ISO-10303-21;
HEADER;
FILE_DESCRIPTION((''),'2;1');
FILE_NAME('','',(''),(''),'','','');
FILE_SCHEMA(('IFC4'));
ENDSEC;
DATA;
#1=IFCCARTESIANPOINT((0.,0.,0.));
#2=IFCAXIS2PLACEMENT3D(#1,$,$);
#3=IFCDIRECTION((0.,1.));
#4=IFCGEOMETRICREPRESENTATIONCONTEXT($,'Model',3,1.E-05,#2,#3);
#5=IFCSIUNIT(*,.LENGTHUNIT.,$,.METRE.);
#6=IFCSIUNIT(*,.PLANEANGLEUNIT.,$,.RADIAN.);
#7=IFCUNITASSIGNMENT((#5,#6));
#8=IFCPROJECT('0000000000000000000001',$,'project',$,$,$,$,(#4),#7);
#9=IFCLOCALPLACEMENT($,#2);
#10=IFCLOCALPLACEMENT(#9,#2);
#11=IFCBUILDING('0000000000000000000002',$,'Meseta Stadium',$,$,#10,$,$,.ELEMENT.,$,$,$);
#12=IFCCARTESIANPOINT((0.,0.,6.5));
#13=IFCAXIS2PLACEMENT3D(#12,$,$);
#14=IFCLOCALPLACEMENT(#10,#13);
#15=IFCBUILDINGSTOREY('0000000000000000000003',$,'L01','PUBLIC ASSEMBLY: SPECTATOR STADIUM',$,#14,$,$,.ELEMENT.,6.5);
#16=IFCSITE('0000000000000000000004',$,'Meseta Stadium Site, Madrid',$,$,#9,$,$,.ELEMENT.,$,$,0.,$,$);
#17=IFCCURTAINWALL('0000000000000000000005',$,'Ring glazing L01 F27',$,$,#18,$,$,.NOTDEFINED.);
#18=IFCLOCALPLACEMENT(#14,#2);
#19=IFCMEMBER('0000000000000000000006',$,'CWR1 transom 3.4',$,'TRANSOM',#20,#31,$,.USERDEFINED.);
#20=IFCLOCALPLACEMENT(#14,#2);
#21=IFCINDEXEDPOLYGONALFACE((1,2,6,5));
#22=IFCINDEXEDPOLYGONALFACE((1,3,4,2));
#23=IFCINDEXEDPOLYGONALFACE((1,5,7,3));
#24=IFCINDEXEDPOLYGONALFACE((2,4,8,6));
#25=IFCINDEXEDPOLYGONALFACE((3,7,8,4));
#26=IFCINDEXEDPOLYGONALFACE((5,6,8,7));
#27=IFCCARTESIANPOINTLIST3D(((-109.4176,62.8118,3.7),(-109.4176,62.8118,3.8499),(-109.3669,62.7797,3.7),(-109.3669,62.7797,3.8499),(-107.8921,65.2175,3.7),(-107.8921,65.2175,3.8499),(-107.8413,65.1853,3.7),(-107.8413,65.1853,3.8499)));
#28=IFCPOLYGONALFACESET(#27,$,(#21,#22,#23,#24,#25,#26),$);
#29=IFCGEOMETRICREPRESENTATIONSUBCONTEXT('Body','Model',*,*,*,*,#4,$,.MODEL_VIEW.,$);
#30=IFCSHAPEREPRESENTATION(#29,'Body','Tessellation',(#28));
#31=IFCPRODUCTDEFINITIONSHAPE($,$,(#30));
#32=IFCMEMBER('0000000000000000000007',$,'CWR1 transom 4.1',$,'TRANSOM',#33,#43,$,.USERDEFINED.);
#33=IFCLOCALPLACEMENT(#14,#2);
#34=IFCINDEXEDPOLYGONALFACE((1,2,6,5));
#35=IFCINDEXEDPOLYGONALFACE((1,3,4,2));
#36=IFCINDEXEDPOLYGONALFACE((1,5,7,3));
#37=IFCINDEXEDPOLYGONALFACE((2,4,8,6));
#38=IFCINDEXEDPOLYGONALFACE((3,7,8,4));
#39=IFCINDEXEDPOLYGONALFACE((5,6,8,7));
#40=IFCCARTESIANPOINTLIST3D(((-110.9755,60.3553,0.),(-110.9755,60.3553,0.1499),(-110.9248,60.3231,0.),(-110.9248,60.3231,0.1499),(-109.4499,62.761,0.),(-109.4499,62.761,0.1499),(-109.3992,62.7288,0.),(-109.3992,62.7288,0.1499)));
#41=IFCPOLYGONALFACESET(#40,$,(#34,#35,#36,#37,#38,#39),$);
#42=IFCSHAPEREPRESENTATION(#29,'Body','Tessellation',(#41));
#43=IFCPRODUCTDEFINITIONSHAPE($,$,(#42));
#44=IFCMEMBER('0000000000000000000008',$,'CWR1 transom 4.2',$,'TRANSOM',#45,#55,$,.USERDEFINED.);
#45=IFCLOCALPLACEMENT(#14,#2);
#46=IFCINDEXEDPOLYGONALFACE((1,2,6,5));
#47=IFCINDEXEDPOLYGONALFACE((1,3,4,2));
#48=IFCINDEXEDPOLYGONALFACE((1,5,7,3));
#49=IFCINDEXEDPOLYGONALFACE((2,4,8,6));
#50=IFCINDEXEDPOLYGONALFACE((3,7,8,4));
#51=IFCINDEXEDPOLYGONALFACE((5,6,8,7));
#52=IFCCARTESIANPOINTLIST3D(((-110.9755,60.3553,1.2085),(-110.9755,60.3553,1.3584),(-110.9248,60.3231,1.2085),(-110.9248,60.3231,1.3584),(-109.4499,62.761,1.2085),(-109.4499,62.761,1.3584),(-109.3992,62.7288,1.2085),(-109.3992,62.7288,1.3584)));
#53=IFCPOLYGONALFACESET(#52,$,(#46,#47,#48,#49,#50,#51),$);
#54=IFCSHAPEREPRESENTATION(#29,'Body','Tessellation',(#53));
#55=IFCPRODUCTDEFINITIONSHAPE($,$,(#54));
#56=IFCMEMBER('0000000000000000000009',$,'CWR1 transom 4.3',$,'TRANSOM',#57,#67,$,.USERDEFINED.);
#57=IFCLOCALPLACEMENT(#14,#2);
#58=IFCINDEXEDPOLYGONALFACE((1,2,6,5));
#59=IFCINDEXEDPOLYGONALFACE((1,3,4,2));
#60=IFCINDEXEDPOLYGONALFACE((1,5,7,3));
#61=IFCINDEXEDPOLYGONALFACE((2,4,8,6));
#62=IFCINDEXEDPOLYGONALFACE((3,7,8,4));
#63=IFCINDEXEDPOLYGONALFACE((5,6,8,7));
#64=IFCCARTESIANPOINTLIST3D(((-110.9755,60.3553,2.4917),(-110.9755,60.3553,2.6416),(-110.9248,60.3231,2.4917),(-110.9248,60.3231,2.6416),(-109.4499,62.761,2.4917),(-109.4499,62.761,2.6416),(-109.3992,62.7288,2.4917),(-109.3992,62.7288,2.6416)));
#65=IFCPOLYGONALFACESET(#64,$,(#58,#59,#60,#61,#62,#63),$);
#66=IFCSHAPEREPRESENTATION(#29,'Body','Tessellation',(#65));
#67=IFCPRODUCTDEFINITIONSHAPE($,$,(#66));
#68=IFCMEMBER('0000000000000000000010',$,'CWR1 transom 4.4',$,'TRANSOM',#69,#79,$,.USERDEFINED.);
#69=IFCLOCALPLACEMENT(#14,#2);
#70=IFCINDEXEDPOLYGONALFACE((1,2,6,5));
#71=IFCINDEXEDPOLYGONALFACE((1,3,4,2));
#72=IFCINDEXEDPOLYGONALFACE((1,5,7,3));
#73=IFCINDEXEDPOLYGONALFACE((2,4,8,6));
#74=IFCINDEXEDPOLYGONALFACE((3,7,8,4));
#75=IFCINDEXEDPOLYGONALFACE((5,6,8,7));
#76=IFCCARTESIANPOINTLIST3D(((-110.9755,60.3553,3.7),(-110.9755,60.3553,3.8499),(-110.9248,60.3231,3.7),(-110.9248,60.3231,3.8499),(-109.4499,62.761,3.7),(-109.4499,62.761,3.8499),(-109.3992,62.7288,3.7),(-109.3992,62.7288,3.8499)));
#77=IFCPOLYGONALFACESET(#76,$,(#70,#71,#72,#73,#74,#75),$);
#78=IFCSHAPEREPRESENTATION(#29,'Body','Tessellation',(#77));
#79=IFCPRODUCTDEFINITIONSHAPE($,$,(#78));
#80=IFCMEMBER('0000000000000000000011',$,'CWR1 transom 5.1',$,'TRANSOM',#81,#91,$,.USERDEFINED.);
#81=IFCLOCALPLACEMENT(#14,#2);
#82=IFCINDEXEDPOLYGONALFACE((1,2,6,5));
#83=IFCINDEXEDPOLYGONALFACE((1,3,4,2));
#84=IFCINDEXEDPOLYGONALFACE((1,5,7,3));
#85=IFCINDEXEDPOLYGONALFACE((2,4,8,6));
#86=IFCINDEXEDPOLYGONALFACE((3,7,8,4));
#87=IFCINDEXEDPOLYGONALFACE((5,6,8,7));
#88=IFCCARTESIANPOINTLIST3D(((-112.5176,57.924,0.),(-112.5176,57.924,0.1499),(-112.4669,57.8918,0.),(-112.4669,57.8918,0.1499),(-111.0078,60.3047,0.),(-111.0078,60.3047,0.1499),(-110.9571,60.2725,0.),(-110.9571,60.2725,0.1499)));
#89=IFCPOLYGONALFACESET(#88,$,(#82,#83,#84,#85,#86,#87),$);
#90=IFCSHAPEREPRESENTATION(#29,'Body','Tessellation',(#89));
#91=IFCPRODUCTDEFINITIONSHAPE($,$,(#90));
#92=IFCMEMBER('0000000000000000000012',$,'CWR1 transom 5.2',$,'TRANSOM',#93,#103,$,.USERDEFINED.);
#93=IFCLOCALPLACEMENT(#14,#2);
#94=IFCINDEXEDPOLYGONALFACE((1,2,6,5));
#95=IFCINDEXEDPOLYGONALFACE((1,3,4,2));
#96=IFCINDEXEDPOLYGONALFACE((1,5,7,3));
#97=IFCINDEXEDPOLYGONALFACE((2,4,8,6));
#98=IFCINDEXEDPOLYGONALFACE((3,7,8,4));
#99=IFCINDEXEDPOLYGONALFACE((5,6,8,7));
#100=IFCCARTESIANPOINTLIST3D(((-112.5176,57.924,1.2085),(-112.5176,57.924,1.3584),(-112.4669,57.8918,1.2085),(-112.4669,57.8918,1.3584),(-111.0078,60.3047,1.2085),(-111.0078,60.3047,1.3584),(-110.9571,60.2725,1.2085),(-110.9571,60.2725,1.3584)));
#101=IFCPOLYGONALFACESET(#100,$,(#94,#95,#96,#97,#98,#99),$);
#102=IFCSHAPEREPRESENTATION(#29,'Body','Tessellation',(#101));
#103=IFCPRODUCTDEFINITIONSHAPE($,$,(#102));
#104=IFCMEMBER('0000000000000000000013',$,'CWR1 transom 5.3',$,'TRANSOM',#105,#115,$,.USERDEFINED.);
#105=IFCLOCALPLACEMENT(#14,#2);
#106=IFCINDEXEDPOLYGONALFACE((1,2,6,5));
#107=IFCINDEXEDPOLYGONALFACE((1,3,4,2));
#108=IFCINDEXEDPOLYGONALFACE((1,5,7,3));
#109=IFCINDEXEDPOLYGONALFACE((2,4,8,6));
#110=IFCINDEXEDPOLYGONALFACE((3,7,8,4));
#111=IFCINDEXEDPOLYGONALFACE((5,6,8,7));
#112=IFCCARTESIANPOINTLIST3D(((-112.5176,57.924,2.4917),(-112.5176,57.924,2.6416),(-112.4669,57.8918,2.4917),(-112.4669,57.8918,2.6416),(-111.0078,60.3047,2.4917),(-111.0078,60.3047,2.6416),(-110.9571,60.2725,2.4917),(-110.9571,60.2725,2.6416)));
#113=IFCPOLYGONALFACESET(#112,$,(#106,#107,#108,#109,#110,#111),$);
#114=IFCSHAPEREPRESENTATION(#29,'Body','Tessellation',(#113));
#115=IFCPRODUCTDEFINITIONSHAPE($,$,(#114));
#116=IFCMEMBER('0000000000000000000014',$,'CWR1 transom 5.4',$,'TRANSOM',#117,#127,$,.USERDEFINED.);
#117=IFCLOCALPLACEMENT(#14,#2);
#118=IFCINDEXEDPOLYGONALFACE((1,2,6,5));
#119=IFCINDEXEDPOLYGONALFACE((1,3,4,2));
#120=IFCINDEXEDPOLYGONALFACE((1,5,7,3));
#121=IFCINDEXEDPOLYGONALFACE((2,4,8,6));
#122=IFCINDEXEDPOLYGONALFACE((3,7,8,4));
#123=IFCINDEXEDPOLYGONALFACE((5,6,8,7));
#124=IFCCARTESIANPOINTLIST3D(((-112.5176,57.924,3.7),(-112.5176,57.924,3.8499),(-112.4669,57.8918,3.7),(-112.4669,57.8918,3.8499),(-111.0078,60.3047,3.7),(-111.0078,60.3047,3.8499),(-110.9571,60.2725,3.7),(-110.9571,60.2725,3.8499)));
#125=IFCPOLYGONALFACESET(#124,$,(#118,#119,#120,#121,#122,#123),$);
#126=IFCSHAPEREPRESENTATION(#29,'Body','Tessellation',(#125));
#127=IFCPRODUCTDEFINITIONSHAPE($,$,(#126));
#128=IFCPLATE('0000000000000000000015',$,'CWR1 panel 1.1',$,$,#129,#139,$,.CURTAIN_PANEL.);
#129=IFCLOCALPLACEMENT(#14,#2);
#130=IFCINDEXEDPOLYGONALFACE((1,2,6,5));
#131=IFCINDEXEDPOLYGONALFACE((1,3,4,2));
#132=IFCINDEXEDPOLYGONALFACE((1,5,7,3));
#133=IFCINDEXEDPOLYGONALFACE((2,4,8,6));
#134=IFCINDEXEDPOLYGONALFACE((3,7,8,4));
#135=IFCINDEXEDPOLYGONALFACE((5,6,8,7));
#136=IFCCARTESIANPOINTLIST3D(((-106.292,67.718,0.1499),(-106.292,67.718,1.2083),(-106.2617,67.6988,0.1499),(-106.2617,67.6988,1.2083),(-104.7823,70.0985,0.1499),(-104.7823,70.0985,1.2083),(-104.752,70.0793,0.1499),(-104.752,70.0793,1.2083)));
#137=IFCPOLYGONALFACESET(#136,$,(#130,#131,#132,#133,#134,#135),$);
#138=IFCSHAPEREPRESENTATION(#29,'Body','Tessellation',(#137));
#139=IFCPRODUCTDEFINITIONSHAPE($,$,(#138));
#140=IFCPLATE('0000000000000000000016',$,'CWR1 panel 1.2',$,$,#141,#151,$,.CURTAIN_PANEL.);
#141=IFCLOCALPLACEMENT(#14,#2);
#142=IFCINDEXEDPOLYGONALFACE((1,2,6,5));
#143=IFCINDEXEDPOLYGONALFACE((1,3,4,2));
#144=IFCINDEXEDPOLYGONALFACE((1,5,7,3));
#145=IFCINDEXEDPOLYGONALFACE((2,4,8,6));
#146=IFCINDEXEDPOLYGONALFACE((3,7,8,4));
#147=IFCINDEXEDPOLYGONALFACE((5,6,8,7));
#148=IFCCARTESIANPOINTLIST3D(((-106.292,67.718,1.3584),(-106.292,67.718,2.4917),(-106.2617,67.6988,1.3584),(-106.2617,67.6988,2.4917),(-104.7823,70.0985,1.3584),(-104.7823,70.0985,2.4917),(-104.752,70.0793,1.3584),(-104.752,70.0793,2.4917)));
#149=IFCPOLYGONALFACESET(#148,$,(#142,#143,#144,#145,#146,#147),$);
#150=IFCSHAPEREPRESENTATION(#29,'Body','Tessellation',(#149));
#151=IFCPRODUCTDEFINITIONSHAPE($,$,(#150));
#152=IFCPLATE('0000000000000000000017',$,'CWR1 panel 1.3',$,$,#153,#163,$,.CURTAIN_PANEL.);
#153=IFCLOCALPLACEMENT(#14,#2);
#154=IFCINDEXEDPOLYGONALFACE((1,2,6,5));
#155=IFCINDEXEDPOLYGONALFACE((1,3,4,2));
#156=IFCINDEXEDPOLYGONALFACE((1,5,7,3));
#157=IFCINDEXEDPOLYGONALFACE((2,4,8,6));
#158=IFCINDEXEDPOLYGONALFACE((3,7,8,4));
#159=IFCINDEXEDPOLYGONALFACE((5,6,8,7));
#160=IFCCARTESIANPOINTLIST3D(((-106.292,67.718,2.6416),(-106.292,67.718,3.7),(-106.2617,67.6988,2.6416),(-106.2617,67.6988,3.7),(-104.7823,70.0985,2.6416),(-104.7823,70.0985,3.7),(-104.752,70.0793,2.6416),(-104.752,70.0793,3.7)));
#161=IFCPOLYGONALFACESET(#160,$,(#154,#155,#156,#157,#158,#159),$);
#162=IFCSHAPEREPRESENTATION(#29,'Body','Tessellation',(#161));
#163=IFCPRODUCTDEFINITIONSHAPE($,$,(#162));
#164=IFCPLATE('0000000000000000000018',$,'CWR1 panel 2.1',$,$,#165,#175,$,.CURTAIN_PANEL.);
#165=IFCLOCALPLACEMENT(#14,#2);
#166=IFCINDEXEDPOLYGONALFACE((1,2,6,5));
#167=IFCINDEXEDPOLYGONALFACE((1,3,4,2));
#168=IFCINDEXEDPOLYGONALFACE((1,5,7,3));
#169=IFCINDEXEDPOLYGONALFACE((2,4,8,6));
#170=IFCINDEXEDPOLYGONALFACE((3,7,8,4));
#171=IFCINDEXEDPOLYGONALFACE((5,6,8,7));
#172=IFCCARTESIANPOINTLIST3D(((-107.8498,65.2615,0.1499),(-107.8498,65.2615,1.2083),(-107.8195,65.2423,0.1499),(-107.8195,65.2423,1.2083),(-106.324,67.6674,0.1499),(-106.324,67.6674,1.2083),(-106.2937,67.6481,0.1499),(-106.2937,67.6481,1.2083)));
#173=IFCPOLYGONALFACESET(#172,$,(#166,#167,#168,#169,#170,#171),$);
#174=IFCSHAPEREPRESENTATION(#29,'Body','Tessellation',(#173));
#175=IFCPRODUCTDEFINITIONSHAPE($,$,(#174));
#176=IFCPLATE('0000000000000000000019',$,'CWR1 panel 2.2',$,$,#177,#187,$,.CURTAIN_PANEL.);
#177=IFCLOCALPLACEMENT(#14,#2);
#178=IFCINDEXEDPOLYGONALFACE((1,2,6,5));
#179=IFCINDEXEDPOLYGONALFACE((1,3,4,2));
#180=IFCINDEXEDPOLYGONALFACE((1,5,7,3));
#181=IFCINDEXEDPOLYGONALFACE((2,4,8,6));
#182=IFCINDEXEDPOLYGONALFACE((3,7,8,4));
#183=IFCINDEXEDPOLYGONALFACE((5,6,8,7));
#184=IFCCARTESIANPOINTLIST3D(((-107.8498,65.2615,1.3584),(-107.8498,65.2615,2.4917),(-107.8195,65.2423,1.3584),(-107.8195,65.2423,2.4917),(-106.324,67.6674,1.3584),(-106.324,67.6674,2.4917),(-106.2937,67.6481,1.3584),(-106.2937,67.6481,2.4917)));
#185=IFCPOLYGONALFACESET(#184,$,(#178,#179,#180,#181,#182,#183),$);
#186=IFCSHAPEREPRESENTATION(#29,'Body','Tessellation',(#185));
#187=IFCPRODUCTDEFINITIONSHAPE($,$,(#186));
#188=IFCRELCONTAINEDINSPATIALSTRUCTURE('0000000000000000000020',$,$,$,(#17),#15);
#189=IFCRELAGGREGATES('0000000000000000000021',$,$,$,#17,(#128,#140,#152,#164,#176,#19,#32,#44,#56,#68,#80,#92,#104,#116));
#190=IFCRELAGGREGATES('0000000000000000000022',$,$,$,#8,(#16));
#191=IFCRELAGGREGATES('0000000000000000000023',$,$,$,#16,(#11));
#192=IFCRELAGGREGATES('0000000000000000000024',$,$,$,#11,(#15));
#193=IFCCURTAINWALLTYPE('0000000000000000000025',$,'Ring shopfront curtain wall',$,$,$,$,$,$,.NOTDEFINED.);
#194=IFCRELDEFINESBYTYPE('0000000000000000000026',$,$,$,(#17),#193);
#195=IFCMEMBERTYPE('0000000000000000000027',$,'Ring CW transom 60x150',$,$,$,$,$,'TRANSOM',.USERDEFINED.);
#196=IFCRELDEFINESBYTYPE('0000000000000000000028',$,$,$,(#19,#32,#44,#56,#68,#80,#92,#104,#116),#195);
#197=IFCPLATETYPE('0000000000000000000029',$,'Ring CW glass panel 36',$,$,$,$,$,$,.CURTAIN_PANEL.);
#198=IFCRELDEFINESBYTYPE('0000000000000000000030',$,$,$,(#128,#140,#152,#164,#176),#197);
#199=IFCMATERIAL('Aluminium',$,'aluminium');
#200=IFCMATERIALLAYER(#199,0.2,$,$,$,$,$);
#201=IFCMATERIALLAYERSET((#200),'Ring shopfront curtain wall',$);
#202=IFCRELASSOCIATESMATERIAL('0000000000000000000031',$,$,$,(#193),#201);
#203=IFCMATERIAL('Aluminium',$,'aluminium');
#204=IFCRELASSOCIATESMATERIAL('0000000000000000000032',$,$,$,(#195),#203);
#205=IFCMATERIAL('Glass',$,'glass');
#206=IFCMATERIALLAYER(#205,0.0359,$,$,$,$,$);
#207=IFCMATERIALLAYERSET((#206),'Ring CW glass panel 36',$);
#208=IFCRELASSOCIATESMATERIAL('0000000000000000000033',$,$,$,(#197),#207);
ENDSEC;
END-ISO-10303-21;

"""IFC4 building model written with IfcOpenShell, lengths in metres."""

from ifc_helpers import new_model, si_unit, direction, frame, origin, origin_2d, place, context, subcontext, project, spatial, rectangle, extrude, material, layer, layer_set, material_profile, profile_set, type_object, element, aggregate, save


model = new_model("IFC4")

# Units and contexts
model_context = context("Model", 3, precision=1e-05, world=origin(), true_north=direction((0.0, 1.0)))
body_context = subcontext(model_context, "Body", "Model", "MODEL_VIEW")
ifc_project = project(units=[si_unit("LENGTHUNIT", "METRE"), si_unit("PLANEANGLEUNIT", "RADIAN")], contexts=[model_context])

# Site, building, storey
site_placement = place(None, origin())
site = spatial("IfcSite", under=ifc_project, at=site_placement, Name="Meseta Stadium Site, Madrid", CompositionType="ELEMENT", RefElevation=0.0)
building_placement = place(site_placement, origin())
building = spatial("IfcBuilding", under=site, at=building_placement, Name="Meseta Stadium", CompositionType="ELEMENT")
storey_placement = place(building_placement, frame((0.0, 0.0, 6.5)))
storey = spatial("IfcBuildingStorey", under=building, at=storey_placement, Name="L01", Description="PUBLIC ASSEMBLY: SPECTATOR STADIUM", CompositionType="ELEMENT", Elevation=6.5)

# Curtain wall, members, plates
ifc_material_1 = material(Name="Aluminium", Category="aluminium")
ifc_layer_1 = layer(ifc_material_1, 0.2)
ifc_layer_set_1 = layer_set([ifc_layer_1], Name="Ring shopfront curtain wall")
curtain_wall_type = type_object("IfcCurtainWallType", Name="Ring shopfront curtain wall", PredefinedType="NOTDEFINED", material=ifc_layer_set_1)
curtain_wall_placement = place(storey_placement, origin())
curtain_wall = element("IfcCurtainWall", 1, at=curtain_wall_placement, inside=storey, type_object=curtain_wall_type, Name="Ring glazing L01 F27", PredefinedType="NOTDEFINED")
ifc_material_2 = material(Name="Aluminium", Category="aluminium")
ifc_material_profile_1 = material_profile(ifc_material_2, rectangle(XDim=0.0601, YDim=0.1499, at=origin_2d()), Name="CW 60x150")
ifc_profile_set_1 = profile_set([ifc_material_profile_1], Name="Aluminium")
member_type_1 = type_object("IfcMemberType", Name="Ring CW transom 60x150", ElementType="TRANSOM", PredefinedType="USERDEFINED", material=ifc_profile_set_1)
member_1_placement = place(storey_placement, frame((-107.8667, 65.2014, 3.7749), z_axis=(-0.535549, -0.844504, 0.0), x_axis=(0.844504, -0.535549, 0.0)))
member_1 = element("IfcMember", 2, at=member_1_placement, type_object=member_type_1, Name="CWR1 transom 3.4", ObjectType="TRANSOM", PredefinedType="USERDEFINED", context=body_context, shape_type="SweptSolid", body=[
    extrude(rectangle(XDim=0.0601, YDim=0.1499, at=origin_2d()), origin(), (0.0, 0.0, 1.0), 2.8486),
])
member_2_placement = place(storey_placement, frame((-109.4246, 62.7449, 0.075), z_axis=(-0.535549, -0.844504, 0.0), x_axis=(0.844504, -0.535549, 0.0)))
member_2 = element("IfcMember", 3, at=member_2_placement, type_object=member_type_1, Name="CWR1 transom 4.1", ObjectType="TRANSOM", PredefinedType="USERDEFINED", context=body_context, shape_type="SweptSolid", body=[
    extrude(rectangle(XDim=0.0601, YDim=0.1499, at=origin_2d()), origin(), (0.0, 0.0, 1.0), 2.8486),
])
member_3_placement = place(storey_placement, frame((-109.4246, 62.7449, 1.2834), z_axis=(-0.535549, -0.844504, 0.0), x_axis=(0.844504, -0.535549, 0.0)))
member_3 = element("IfcMember", 4, at=member_3_placement, type_object=member_type_1, Name="CWR1 transom 4.2", ObjectType="TRANSOM", PredefinedType="USERDEFINED", context=body_context, shape_type="SweptSolid", body=[
    extrude(rectangle(XDim=0.0601, YDim=0.1499, at=origin_2d()), origin(), (0.0, 0.0, 1.0), 2.8486),
])
member_4_placement = place(storey_placement, frame((-109.4246, 62.7449, 2.5667), z_axis=(-0.535549, -0.844504, 0.0), x_axis=(0.844504, -0.535549, 0.0)))
member_4 = element("IfcMember", 5, at=member_4_placement, type_object=member_type_1, Name="CWR1 transom 4.3", ObjectType="TRANSOM", PredefinedType="USERDEFINED", context=body_context, shape_type="SweptSolid", body=[
    extrude(rectangle(XDim=0.0601, YDim=0.1499, at=origin_2d()), origin(), (0.0, 0.0, 1.0), 2.8486),
])
member_5_placement = place(storey_placement, frame((-109.4246, 62.7449, 3.7749), z_axis=(-0.535549, -0.844504, 0.0), x_axis=(0.844504, -0.535549, 0.0)))
member_5 = element("IfcMember", 6, at=member_5_placement, type_object=member_type_1, Name="CWR1 transom 4.4", ObjectType="TRANSOM", PredefinedType="USERDEFINED", context=body_context, shape_type="SweptSolid", body=[
    extrude(rectangle(XDim=0.0601, YDim=0.1499, at=origin_2d()), origin(), (0.0, 0.0, 1.0), 2.8486),
])
member_6_placement = place(storey_placement, frame((-110.9824, 60.2886, 0.075), z_axis=(-0.535569, -0.844491, 0.0), x_axis=(0.844491, -0.535569, 0.0)))
member_6 = element("IfcMember", 7, at=member_6_placement, type_object=member_type_1, Name="CWR1 transom 5.1", ObjectType="TRANSOM", PredefinedType="USERDEFINED", context=body_context, shape_type="SweptSolid", body=[
    extrude(rectangle(XDim=0.0601, YDim=0.1499, at=origin_2d()), origin(), (0.0, 0.0, 1.0), 2.8191),
])
member_7_placement = place(storey_placement, frame((-110.9824, 60.2886, 1.2834), z_axis=(-0.535569, -0.844491, 0.0), x_axis=(0.844491, -0.535569, 0.0)))
member_7 = element("IfcMember", 8, at=member_7_placement, type_object=member_type_1, Name="CWR1 transom 5.2", ObjectType="TRANSOM", PredefinedType="USERDEFINED", context=body_context, shape_type="SweptSolid", body=[
    extrude(rectangle(XDim=0.0601, YDim=0.1499, at=origin_2d()), origin(), (0.0, 0.0, 1.0), 2.8191),
])
member_8_placement = place(storey_placement, frame((-110.9824, 60.2886, 2.5667), z_axis=(-0.535569, -0.844491, 0.0), x_axis=(0.844491, -0.535569, 0.0)))
member_8 = element("IfcMember", 9, at=member_8_placement, type_object=member_type_1, Name="CWR1 transom 5.3", ObjectType="TRANSOM", PredefinedType="USERDEFINED", context=body_context, shape_type="SweptSolid", body=[
    extrude(rectangle(XDim=0.0601, YDim=0.1499, at=origin_2d()), origin(), (0.0, 0.0, 1.0), 2.8191),
])
member_9_placement = place(storey_placement, frame((-110.9824, 60.2886, 3.7749), z_axis=(-0.535569, -0.844491, 0.0), x_axis=(0.844491, -0.535569, 0.0)))
member_9 = element("IfcMember", 10, at=member_9_placement, type_object=member_type_1, Name="CWR1 transom 5.4", ObjectType="TRANSOM", PredefinedType="USERDEFINED", context=body_context, shape_type="SweptSolid", body=[
    extrude(rectangle(XDim=0.0601, YDim=0.1499, at=origin_2d()), origin(), (0.0, 0.0, 1.0), 2.8191),
])
ifc_material_3 = material(Name="Glass", Category="glass")
ifc_layer_2 = layer(ifc_material_3, 0.0359)
ifc_layer_set_2 = layer_set([ifc_layer_2], Name="Ring CW glass panel 36")
plate_type = type_object("IfcPlateType", Name="Ring CW glass panel 36", PredefinedType="CURTAIN_PANEL", material=ifc_layer_set_2)
plate_1_placement = place(storey_placement, frame((-105.522, 68.8987, 0.1499), z_axis=(0.0, 0.0, 1.0), x_axis=(-0.535569, -0.844491, 0.0)))
plate_1 = element("IfcPlate", 11, at=plate_1_placement, type_object=plate_type, Name="CWR1 panel 1.1", PredefinedType="CURTAIN_PANEL", context=body_context, shape_type="SweptSolid", body=[
    extrude(rectangle(XDim=2.8188, YDim=0.0359, at=origin_2d()), origin(), (0.0, 0.0, 1.0), 1.0583),
])
plate_2_placement = place(storey_placement, frame((-105.522, 68.8987, 1.3584), z_axis=(0.0, 0.0, 1.0), x_axis=(-0.535569, -0.844491, 0.0)))
plate_2 = element("IfcPlate", 12, at=plate_2_placement, type_object=plate_type, Name="CWR1 panel 1.2", PredefinedType="CURTAIN_PANEL", context=body_context, shape_type="SweptSolid", body=[
    extrude(rectangle(XDim=2.8188, YDim=0.0359, at=origin_2d()), origin(), (0.0, 0.0, 1.0), 1.1333),
])
plate_3_placement = place(storey_placement, frame((-105.522, 68.8987, 2.6416), z_axis=(0.0, 0.0, 1.0), x_axis=(-0.535569, -0.844491, 0.0)))
plate_3 = element("IfcPlate", 13, at=plate_3_placement, type_object=plate_type, Name="CWR1 panel 1.3", PredefinedType="CURTAIN_PANEL", context=body_context, shape_type="SweptSolid", body=[
    extrude(rectangle(XDim=2.8188, YDim=0.0359, at=origin_2d()), origin(), (0.0, 0.0, 1.0), 1.0583),
])
plate_4_placement = place(storey_placement, frame((-107.0718, 66.4548, 0.1499), z_axis=(0.0, 0.0, 1.0), x_axis=(-0.535569, -0.844491, 0.0)))
plate_4 = element("IfcPlate", 14, at=plate_4_placement, type_object=plate_type, Name="CWR1 panel 2.1", PredefinedType="CURTAIN_PANEL", context=body_context, shape_type="SweptSolid", body=[
    extrude(rectangle(XDim=2.8489, YDim=0.0359, at=origin_2d()), origin(), (0.0, 0.0, 1.0), 1.0583),
])
plate_5_placement = place(storey_placement, frame((-107.0718, 66.4548, 1.3584), z_axis=(0.0, 0.0, 1.0), x_axis=(-0.535569, -0.844491, 0.0)))
plate_5 = element("IfcPlate", 15, at=plate_5_placement, type_object=plate_type, Name="CWR1 panel 2.2", PredefinedType="CURTAIN_PANEL", context=body_context, shape_type="SweptSolid", body=[
    extrude(rectangle(XDim=2.8489, YDim=0.0359, at=origin_2d()), origin(), (0.0, 0.0, 1.0), 1.1333),
])
aggregate(curtain_wall, [plate_1, plate_2, plate_3, plate_4, plate_5, member_1, member_2, member_3, member_4, member_5, member_6, member_7, member_8, member_9])

save(model, "model.ifc")
